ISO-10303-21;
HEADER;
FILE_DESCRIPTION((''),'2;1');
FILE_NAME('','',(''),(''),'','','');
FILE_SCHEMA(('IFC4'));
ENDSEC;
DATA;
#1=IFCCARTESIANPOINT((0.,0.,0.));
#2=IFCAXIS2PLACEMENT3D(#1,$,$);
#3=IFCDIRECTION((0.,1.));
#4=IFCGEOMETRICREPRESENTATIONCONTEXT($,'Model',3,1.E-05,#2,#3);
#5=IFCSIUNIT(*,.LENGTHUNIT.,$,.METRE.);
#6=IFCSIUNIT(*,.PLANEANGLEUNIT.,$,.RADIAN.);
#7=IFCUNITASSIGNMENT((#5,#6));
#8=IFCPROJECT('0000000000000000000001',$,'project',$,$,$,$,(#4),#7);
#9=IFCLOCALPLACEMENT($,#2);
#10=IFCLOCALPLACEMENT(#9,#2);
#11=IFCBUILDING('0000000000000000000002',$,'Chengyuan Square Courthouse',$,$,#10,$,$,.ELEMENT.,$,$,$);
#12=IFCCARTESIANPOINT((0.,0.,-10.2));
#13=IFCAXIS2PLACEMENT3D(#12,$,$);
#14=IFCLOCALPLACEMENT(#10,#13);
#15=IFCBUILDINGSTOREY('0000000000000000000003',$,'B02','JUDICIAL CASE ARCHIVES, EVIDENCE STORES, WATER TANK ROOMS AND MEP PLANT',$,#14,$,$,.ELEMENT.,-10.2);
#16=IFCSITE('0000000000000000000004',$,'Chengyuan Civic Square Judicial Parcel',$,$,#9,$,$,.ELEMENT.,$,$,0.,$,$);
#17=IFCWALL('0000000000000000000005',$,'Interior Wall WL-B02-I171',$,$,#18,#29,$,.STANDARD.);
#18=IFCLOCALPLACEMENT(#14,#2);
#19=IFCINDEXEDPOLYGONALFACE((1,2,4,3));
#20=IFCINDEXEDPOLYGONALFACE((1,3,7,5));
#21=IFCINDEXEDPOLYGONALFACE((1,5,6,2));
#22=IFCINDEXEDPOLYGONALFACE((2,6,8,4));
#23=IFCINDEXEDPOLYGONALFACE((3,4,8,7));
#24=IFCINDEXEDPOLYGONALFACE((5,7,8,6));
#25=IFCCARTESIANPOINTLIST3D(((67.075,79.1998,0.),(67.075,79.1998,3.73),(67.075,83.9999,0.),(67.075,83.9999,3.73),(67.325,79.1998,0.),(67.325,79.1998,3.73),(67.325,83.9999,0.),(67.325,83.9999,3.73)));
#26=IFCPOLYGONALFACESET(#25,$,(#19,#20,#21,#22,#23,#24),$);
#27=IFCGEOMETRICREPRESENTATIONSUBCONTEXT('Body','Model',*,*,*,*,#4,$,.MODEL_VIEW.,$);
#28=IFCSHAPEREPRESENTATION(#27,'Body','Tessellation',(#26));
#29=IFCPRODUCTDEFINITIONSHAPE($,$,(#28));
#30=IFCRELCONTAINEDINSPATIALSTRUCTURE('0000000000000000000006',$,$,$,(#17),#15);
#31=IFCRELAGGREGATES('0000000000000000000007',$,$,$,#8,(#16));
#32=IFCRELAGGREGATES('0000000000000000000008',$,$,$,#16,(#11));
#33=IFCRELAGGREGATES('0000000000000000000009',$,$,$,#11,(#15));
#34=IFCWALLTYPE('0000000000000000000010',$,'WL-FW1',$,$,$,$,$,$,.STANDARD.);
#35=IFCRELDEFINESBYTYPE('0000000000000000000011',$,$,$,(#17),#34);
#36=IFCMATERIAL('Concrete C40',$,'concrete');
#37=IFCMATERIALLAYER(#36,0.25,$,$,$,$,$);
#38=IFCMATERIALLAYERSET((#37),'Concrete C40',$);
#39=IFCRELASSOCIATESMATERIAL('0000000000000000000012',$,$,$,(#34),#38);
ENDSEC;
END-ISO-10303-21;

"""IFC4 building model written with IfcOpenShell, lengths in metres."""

from ifc_helpers import new_model, si_unit, direction, frame, frame_2d, origin, place, context, subcontext, project, spatial, rectangle, extrude, material, layer, layer_set, type_object, element, save


model = new_model("IFC4")

# Units and contexts
model_context = context("Model", 3, precision=1e-05, world=origin(), true_north=direction((0.0, 1.0)))
body_context = subcontext(model_context, "Body", "Model", "MODEL_VIEW")
ifc_project = project(units=[si_unit("LENGTHUNIT", "METRE"), si_unit("PLANEANGLEUNIT", "RADIAN")], contexts=[model_context])

# Site, building, storey
site_placement = place(None, origin())
site = spatial("IfcSite", under=ifc_project, at=site_placement, Name="Chengyuan Civic Square Judicial Parcel", CompositionType="ELEMENT", RefElevation=0.0)
building_placement = place(site_placement, origin())
building = spatial("IfcBuilding", under=site, at=building_placement, Name="Chengyuan Square Courthouse", CompositionType="ELEMENT")
storey_placement = place(building_placement, frame((0.0, 0.0, -10.2)))
storey = spatial("IfcBuildingStorey", under=building, at=storey_placement, Name="B02", Description="JUDICIAL CASE ARCHIVES, EVIDENCE STORES, WATER TANK ROOMS AND MEP PLANT", CompositionType="ELEMENT", Elevation=-10.2)

# Shared definitions
ifc_material_1 = material(Name="Concrete C40", Category="concrete")

# Wall
ifc_layer = layer(ifc_material_1, 0.25)
ifc_layer_set = layer_set([ifc_layer], Name="Concrete C40")
wall_type = type_object("IfcWallType", Name="WL-FW1", PredefinedType="STANDARD", material=ifc_layer_set)
wall_placement = place(storey_placement, frame((67.2, 79.2, 0.0), z_axis=(0.0, 0.0, 1.0), x_axis=(0.0, 1.0, 0.0)))
element("IfcWall", 1, at=wall_placement, inside=storey, type_object=wall_type, Name="Interior Wall WL-B02-I171", PredefinedType="STANDARD", context=body_context, shape_type="SweptSolid", body=[
    extrude(rectangle(XDim=4.8, YDim=0.25, at=frame_2d((2.3999, 0.0))), origin(), (0.0, 0.0, 1.0), 3.73),
])

save(model, "model.ifc")
